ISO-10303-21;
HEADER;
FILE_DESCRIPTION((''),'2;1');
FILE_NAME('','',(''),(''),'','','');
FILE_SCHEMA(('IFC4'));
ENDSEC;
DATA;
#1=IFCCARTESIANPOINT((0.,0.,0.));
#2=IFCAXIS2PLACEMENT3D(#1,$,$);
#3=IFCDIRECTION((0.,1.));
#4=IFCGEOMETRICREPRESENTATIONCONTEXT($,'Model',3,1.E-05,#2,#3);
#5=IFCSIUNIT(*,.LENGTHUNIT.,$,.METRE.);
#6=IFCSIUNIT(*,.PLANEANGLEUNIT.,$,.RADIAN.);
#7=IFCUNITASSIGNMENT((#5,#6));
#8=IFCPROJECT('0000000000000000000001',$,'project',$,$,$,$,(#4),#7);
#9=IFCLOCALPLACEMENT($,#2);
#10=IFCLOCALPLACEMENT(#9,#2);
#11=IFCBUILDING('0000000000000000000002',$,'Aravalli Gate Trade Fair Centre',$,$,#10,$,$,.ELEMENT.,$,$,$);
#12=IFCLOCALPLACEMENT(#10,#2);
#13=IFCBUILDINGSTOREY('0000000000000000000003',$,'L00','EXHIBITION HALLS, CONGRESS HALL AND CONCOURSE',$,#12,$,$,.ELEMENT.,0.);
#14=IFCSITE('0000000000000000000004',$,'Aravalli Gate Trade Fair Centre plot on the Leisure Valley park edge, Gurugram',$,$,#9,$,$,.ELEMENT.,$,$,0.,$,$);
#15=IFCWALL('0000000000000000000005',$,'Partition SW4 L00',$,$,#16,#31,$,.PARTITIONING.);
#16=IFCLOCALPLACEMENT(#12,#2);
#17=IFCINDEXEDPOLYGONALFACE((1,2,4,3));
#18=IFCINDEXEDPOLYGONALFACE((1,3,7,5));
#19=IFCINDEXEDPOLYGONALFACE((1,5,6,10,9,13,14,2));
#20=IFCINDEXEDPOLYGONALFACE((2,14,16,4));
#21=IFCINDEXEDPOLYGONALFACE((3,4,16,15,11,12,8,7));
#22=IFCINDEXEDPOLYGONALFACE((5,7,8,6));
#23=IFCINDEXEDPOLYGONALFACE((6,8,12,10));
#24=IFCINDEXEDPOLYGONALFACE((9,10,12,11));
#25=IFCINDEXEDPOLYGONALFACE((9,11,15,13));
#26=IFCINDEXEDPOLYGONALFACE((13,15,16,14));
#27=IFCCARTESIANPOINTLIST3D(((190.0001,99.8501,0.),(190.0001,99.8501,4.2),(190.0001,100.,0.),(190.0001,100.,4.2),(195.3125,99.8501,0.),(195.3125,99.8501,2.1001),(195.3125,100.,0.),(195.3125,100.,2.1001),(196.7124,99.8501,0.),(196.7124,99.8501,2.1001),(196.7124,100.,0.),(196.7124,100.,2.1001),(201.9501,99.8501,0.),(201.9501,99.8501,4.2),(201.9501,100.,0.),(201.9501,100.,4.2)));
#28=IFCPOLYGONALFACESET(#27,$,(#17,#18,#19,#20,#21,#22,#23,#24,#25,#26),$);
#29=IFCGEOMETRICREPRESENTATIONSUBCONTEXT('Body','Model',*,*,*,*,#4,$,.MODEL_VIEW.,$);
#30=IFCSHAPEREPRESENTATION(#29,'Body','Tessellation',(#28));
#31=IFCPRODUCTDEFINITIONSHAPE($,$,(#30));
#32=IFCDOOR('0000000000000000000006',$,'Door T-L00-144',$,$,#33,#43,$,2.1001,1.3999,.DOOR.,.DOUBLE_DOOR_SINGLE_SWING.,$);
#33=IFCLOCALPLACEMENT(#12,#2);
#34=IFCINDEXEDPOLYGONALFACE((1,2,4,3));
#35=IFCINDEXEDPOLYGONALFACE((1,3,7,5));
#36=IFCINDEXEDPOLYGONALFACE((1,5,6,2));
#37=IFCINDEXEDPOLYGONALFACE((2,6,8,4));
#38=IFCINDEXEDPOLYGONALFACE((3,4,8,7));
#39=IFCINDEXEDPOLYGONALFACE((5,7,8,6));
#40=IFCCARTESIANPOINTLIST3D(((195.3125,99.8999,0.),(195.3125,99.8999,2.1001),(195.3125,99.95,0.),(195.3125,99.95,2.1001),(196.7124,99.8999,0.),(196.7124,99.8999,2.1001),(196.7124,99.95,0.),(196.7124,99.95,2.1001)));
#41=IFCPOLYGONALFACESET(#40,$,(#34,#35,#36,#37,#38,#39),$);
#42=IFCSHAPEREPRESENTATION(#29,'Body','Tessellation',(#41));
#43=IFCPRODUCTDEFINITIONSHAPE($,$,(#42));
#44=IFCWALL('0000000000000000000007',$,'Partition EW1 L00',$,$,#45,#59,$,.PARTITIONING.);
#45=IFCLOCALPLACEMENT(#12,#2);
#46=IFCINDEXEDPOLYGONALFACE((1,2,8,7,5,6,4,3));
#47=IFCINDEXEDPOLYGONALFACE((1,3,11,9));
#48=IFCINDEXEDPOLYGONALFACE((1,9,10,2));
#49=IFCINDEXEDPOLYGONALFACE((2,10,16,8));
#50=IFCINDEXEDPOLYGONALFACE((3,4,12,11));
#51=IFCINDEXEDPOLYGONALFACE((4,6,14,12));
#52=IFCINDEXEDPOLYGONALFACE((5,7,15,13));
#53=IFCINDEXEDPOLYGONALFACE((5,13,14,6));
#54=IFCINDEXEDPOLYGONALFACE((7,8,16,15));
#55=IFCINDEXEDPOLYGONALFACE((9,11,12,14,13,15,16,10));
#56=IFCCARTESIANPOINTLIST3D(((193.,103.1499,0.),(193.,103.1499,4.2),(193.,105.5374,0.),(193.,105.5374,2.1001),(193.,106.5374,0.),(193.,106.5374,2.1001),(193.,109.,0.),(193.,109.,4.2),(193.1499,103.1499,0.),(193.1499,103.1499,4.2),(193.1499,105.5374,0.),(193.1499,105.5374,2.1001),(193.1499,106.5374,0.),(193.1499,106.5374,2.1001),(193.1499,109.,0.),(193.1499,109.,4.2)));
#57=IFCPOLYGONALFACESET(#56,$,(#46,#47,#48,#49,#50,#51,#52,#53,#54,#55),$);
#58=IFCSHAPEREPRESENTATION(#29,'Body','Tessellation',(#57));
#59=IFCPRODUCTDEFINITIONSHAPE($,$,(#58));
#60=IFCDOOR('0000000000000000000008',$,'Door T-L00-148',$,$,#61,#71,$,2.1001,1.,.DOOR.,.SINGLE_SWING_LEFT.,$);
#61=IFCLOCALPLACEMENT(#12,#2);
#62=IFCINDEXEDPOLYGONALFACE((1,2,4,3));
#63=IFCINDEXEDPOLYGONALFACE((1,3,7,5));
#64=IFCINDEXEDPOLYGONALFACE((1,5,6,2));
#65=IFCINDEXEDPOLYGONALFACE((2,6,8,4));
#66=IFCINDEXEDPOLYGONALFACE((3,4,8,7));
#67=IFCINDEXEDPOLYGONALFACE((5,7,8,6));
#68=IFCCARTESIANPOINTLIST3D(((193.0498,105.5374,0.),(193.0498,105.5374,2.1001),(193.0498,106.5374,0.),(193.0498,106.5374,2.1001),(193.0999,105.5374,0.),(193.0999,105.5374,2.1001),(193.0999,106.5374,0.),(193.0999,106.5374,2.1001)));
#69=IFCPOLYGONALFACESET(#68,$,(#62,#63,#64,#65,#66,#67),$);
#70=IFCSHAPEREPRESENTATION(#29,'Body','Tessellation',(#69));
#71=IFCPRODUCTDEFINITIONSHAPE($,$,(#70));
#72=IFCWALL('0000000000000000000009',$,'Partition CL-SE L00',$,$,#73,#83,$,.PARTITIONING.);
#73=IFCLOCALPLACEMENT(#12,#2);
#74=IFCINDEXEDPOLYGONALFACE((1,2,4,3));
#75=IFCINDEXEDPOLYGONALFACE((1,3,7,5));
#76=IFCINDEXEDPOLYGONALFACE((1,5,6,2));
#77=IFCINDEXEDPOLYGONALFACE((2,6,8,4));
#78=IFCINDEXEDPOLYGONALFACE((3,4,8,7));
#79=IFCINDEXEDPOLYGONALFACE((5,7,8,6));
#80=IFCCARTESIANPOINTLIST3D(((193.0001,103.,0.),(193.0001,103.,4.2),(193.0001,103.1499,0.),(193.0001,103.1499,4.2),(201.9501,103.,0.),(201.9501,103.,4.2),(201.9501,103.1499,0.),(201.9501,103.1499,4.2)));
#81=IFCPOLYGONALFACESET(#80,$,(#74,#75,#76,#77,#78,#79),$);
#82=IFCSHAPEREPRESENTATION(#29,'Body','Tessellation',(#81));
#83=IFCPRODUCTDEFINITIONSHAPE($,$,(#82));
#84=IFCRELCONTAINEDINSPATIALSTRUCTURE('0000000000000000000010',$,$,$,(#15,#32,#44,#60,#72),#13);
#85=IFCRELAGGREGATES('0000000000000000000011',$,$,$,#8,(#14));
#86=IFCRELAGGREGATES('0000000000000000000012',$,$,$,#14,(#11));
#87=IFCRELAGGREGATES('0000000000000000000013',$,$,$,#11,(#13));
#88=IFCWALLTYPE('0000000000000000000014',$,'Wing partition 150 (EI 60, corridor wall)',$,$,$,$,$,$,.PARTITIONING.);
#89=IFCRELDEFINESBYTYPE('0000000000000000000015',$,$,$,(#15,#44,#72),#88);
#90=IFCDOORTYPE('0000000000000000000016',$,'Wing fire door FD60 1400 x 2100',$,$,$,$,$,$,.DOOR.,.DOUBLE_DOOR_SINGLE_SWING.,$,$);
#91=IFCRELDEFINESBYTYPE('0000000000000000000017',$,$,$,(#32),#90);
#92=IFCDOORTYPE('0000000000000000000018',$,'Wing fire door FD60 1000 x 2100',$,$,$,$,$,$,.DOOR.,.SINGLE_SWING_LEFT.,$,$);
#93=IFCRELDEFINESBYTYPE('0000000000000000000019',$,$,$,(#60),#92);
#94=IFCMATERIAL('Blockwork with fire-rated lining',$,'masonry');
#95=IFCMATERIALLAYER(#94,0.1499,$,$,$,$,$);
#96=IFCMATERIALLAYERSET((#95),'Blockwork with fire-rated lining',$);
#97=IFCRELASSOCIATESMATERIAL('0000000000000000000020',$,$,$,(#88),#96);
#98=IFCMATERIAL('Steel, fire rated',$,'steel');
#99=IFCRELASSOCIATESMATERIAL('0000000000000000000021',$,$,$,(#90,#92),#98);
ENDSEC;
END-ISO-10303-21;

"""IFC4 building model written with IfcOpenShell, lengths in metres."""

from ifc_helpers import new_model, si_unit, direction, frame, frame_2d, origin, place, context, subcontext, project, spatial, rectangle, extrude, material, layer, layer_set, type_object, element, fill, save


model = new_model("IFC4")

# Units and contexts
model_context = context("Model", 3, precision=1e-05, world=origin(), true_north=direction((0.0, 1.0)))
body_context = subcontext(model_context, "Body", "Model", "MODEL_VIEW")
ifc_project = project(units=[si_unit("LENGTHUNIT", "METRE"), si_unit("PLANEANGLEUNIT", "RADIAN")], contexts=[model_context])

# Site, building, storey
site_placement = place(None, origin())
site = spatial("IfcSite", under=ifc_project, at=site_placement, Name="Aravalli Gate Trade Fair Centre plot on the Leisure Valley park edge, Gurugram", CompositionType="ELEMENT", RefElevation=0.0)
building_placement = place(site_placement, origin())
building = spatial("IfcBuilding", under=site, at=building_placement, Name="Aravalli Gate Trade Fair Centre", CompositionType="ELEMENT")
storey_placement = place(building_placement, origin())
storey = spatial("IfcBuildingStorey", under=building, at=storey_placement, Name="L00", Description="EXHIBITION HALLS, CONGRESS HALL AND CONCOURSE", CompositionType="ELEMENT", Elevation=0.0)

# Walls, openings, doors
ifc_material_1 = material(Name="Steel, fire rated", Category="steel")
ifc_material_2 = material(Name="Blockwork with fire-rated lining", Category="masonry")
ifc_layer_1 = layer(ifc_material_2, 0.1499)
ifc_layer_set_1 = layer_set([ifc_layer_1], Name="Blockwork with fire-rated lining")
wall_type_1 = type_object("IfcWallType", Name="Wing partition 150 (EI 60, corridor wall)", PredefinedType="PARTITIONING", material=ifc_layer_set_1)
wall_1_placement = place(storey_placement, frame((190.0, 99.925, 0.0), z_axis=(0.0, 0.0, 1.0), x_axis=(1.0, 0.0, 0.0)))
wall_1 = element("IfcWall", 1, at=wall_1_placement, inside=storey, type_object=wall_type_1, Name="Partition SW4 L00", PredefinedType="PARTITIONING", context=body_context, shape_type="SweptSolid", body=[
    extrude(rectangle(XDim=11.95, YDim=0.1499, at=frame_2d((5.9751, 0.0))), origin(), (0.0, 0.0, 1.0), 4.2),
])
opening_1_placement = place(wall_1_placement, frame((5.3125, 0.0, 0.0)))
opening_1 = element("IfcOpeningElement", 2, at=opening_1_placement, cuts=wall_1, PredefinedType="OPENING", context=body_context, shape_type="SweptSolid", body=[
    extrude(rectangle(XDim=1.3999, YDim=2.1001, at=frame_2d((0.7, 1.05))), frame((0.0, 0.085, 0.0), z_axis=(0.0, -1.0, 0.0), x_axis=(1.0, 0.0, 0.0)), (0.0, 0.0, 1.0), 0.1699),
])
door_type_1 = type_object("IfcDoorType", Name="Wing fire door FD60 1400 x 2100", OperationType="DOUBLE_DOOR_SINGLE_SWING", PredefinedType="DOOR", material=ifc_material_1)
door_1_placement = place(opening_1_placement, origin())
door_1 = element("IfcDoor", 3, at=door_1_placement, inside=storey, type_object=door_type_1, Name="Door T-L00-144", OperationType="DOUBLE_DOOR_SINGLE_SWING", OverallHeight=2.1001, OverallWidth=1.3999, PredefinedType="DOOR", context=body_context, shape_type="SweptSolid", body=[
    extrude(rectangle(XDim=1.3999, YDim=2.1001, at=frame_2d((0.7, 1.05))), frame((0.0, 0.0249, 0.0), z_axis=(0.0, -1.0, 0.0), x_axis=(1.0, 0.0, 0.0)), (0.0, 0.0, 1.0), 0.05),
])
fill(opening_1, door_1)
wall_2_placement = place(storey_placement, frame((193.075, 103.1499, 0.0), z_axis=(0.0, 0.0, 1.0), x_axis=(0.0, 1.0, 0.0)))
wall_2 = element("IfcWall", 4, at=wall_2_placement, inside=storey, type_object=wall_type_1, Name="Partition EW1 L00", PredefinedType="PARTITIONING", context=body_context, shape_type="SweptSolid", body=[
    extrude(rectangle(XDim=5.8501, YDim=0.1499, at=frame_2d((2.925, 0.0))), origin(), (0.0, 0.0, 1.0), 4.2),
])
opening_2_placement = place(wall_2_placement, frame((2.3875, 0.0, 0.0)))
opening_2 = element("IfcOpeningElement", 5, at=opening_2_placement, cuts=wall_2, PredefinedType="OPENING", context=body_context, shape_type="SweptSolid", body=[
    extrude(rectangle(XDim=1.0, YDim=2.1001, at=frame_2d((0.5, 1.05))), frame((0.0, 0.085, 0.0), z_axis=(0.0, -1.0, 0.0), x_axis=(1.0, 0.0, 0.0)), (0.0, 0.0, 1.0), 0.1699),
])
door_type_2 = type_object("IfcDoorType", Name="Wing fire door FD60 1000 x 2100", OperationType="SINGLE_SWING_LEFT", PredefinedType="DOOR", material=ifc_material_1)
door_2_placement = place(opening_2_placement, frame((1.0, 0.0, 0.0), z_axis=(0.0, 0.0, 1.0), x_axis=(-1.0, 0.0, 0.0)))
door_2 = element("IfcDoor", 6, at=door_2_placement, inside=storey, type_object=door_type_2, Name="Door T-L00-148", OperationType="SINGLE_SWING_LEFT", OverallHeight=2.1001, OverallWidth=1.0, PredefinedType="DOOR", context=body_context, shape_type="SweptSolid", body=[
    extrude(rectangle(XDim=1.0, YDim=2.1001, at=frame_2d((0.5, 1.05))), frame((0.0, 0.0249, 0.0), z_axis=(0.0, -1.0, 0.0), x_axis=(1.0, 0.0, 0.0)), (0.0, 0.0, 1.0), 0.05),
])
fill(opening_2, door_2)

# Wall
wall_3_placement = place(storey_placement, frame((193.0, 103.075, 0.0), z_axis=(0.0, 0.0, 1.0), x_axis=(1.0, 0.0, 0.0)))
element("IfcWall", 7, at=wall_3_placement, inside=storey, type_object=wall_type_1, Name="Partition CL-SE L00", PredefinedType="PARTITIONING", context=body_context, shape_type="SweptSolid", body=[
    extrude(rectangle(XDim=8.95, YDim=0.1499, at=frame_2d((4.4751, 0.0))), origin(), (0.0, 0.0, 1.0), 4.2),
])

save(model, "model.ifc")
